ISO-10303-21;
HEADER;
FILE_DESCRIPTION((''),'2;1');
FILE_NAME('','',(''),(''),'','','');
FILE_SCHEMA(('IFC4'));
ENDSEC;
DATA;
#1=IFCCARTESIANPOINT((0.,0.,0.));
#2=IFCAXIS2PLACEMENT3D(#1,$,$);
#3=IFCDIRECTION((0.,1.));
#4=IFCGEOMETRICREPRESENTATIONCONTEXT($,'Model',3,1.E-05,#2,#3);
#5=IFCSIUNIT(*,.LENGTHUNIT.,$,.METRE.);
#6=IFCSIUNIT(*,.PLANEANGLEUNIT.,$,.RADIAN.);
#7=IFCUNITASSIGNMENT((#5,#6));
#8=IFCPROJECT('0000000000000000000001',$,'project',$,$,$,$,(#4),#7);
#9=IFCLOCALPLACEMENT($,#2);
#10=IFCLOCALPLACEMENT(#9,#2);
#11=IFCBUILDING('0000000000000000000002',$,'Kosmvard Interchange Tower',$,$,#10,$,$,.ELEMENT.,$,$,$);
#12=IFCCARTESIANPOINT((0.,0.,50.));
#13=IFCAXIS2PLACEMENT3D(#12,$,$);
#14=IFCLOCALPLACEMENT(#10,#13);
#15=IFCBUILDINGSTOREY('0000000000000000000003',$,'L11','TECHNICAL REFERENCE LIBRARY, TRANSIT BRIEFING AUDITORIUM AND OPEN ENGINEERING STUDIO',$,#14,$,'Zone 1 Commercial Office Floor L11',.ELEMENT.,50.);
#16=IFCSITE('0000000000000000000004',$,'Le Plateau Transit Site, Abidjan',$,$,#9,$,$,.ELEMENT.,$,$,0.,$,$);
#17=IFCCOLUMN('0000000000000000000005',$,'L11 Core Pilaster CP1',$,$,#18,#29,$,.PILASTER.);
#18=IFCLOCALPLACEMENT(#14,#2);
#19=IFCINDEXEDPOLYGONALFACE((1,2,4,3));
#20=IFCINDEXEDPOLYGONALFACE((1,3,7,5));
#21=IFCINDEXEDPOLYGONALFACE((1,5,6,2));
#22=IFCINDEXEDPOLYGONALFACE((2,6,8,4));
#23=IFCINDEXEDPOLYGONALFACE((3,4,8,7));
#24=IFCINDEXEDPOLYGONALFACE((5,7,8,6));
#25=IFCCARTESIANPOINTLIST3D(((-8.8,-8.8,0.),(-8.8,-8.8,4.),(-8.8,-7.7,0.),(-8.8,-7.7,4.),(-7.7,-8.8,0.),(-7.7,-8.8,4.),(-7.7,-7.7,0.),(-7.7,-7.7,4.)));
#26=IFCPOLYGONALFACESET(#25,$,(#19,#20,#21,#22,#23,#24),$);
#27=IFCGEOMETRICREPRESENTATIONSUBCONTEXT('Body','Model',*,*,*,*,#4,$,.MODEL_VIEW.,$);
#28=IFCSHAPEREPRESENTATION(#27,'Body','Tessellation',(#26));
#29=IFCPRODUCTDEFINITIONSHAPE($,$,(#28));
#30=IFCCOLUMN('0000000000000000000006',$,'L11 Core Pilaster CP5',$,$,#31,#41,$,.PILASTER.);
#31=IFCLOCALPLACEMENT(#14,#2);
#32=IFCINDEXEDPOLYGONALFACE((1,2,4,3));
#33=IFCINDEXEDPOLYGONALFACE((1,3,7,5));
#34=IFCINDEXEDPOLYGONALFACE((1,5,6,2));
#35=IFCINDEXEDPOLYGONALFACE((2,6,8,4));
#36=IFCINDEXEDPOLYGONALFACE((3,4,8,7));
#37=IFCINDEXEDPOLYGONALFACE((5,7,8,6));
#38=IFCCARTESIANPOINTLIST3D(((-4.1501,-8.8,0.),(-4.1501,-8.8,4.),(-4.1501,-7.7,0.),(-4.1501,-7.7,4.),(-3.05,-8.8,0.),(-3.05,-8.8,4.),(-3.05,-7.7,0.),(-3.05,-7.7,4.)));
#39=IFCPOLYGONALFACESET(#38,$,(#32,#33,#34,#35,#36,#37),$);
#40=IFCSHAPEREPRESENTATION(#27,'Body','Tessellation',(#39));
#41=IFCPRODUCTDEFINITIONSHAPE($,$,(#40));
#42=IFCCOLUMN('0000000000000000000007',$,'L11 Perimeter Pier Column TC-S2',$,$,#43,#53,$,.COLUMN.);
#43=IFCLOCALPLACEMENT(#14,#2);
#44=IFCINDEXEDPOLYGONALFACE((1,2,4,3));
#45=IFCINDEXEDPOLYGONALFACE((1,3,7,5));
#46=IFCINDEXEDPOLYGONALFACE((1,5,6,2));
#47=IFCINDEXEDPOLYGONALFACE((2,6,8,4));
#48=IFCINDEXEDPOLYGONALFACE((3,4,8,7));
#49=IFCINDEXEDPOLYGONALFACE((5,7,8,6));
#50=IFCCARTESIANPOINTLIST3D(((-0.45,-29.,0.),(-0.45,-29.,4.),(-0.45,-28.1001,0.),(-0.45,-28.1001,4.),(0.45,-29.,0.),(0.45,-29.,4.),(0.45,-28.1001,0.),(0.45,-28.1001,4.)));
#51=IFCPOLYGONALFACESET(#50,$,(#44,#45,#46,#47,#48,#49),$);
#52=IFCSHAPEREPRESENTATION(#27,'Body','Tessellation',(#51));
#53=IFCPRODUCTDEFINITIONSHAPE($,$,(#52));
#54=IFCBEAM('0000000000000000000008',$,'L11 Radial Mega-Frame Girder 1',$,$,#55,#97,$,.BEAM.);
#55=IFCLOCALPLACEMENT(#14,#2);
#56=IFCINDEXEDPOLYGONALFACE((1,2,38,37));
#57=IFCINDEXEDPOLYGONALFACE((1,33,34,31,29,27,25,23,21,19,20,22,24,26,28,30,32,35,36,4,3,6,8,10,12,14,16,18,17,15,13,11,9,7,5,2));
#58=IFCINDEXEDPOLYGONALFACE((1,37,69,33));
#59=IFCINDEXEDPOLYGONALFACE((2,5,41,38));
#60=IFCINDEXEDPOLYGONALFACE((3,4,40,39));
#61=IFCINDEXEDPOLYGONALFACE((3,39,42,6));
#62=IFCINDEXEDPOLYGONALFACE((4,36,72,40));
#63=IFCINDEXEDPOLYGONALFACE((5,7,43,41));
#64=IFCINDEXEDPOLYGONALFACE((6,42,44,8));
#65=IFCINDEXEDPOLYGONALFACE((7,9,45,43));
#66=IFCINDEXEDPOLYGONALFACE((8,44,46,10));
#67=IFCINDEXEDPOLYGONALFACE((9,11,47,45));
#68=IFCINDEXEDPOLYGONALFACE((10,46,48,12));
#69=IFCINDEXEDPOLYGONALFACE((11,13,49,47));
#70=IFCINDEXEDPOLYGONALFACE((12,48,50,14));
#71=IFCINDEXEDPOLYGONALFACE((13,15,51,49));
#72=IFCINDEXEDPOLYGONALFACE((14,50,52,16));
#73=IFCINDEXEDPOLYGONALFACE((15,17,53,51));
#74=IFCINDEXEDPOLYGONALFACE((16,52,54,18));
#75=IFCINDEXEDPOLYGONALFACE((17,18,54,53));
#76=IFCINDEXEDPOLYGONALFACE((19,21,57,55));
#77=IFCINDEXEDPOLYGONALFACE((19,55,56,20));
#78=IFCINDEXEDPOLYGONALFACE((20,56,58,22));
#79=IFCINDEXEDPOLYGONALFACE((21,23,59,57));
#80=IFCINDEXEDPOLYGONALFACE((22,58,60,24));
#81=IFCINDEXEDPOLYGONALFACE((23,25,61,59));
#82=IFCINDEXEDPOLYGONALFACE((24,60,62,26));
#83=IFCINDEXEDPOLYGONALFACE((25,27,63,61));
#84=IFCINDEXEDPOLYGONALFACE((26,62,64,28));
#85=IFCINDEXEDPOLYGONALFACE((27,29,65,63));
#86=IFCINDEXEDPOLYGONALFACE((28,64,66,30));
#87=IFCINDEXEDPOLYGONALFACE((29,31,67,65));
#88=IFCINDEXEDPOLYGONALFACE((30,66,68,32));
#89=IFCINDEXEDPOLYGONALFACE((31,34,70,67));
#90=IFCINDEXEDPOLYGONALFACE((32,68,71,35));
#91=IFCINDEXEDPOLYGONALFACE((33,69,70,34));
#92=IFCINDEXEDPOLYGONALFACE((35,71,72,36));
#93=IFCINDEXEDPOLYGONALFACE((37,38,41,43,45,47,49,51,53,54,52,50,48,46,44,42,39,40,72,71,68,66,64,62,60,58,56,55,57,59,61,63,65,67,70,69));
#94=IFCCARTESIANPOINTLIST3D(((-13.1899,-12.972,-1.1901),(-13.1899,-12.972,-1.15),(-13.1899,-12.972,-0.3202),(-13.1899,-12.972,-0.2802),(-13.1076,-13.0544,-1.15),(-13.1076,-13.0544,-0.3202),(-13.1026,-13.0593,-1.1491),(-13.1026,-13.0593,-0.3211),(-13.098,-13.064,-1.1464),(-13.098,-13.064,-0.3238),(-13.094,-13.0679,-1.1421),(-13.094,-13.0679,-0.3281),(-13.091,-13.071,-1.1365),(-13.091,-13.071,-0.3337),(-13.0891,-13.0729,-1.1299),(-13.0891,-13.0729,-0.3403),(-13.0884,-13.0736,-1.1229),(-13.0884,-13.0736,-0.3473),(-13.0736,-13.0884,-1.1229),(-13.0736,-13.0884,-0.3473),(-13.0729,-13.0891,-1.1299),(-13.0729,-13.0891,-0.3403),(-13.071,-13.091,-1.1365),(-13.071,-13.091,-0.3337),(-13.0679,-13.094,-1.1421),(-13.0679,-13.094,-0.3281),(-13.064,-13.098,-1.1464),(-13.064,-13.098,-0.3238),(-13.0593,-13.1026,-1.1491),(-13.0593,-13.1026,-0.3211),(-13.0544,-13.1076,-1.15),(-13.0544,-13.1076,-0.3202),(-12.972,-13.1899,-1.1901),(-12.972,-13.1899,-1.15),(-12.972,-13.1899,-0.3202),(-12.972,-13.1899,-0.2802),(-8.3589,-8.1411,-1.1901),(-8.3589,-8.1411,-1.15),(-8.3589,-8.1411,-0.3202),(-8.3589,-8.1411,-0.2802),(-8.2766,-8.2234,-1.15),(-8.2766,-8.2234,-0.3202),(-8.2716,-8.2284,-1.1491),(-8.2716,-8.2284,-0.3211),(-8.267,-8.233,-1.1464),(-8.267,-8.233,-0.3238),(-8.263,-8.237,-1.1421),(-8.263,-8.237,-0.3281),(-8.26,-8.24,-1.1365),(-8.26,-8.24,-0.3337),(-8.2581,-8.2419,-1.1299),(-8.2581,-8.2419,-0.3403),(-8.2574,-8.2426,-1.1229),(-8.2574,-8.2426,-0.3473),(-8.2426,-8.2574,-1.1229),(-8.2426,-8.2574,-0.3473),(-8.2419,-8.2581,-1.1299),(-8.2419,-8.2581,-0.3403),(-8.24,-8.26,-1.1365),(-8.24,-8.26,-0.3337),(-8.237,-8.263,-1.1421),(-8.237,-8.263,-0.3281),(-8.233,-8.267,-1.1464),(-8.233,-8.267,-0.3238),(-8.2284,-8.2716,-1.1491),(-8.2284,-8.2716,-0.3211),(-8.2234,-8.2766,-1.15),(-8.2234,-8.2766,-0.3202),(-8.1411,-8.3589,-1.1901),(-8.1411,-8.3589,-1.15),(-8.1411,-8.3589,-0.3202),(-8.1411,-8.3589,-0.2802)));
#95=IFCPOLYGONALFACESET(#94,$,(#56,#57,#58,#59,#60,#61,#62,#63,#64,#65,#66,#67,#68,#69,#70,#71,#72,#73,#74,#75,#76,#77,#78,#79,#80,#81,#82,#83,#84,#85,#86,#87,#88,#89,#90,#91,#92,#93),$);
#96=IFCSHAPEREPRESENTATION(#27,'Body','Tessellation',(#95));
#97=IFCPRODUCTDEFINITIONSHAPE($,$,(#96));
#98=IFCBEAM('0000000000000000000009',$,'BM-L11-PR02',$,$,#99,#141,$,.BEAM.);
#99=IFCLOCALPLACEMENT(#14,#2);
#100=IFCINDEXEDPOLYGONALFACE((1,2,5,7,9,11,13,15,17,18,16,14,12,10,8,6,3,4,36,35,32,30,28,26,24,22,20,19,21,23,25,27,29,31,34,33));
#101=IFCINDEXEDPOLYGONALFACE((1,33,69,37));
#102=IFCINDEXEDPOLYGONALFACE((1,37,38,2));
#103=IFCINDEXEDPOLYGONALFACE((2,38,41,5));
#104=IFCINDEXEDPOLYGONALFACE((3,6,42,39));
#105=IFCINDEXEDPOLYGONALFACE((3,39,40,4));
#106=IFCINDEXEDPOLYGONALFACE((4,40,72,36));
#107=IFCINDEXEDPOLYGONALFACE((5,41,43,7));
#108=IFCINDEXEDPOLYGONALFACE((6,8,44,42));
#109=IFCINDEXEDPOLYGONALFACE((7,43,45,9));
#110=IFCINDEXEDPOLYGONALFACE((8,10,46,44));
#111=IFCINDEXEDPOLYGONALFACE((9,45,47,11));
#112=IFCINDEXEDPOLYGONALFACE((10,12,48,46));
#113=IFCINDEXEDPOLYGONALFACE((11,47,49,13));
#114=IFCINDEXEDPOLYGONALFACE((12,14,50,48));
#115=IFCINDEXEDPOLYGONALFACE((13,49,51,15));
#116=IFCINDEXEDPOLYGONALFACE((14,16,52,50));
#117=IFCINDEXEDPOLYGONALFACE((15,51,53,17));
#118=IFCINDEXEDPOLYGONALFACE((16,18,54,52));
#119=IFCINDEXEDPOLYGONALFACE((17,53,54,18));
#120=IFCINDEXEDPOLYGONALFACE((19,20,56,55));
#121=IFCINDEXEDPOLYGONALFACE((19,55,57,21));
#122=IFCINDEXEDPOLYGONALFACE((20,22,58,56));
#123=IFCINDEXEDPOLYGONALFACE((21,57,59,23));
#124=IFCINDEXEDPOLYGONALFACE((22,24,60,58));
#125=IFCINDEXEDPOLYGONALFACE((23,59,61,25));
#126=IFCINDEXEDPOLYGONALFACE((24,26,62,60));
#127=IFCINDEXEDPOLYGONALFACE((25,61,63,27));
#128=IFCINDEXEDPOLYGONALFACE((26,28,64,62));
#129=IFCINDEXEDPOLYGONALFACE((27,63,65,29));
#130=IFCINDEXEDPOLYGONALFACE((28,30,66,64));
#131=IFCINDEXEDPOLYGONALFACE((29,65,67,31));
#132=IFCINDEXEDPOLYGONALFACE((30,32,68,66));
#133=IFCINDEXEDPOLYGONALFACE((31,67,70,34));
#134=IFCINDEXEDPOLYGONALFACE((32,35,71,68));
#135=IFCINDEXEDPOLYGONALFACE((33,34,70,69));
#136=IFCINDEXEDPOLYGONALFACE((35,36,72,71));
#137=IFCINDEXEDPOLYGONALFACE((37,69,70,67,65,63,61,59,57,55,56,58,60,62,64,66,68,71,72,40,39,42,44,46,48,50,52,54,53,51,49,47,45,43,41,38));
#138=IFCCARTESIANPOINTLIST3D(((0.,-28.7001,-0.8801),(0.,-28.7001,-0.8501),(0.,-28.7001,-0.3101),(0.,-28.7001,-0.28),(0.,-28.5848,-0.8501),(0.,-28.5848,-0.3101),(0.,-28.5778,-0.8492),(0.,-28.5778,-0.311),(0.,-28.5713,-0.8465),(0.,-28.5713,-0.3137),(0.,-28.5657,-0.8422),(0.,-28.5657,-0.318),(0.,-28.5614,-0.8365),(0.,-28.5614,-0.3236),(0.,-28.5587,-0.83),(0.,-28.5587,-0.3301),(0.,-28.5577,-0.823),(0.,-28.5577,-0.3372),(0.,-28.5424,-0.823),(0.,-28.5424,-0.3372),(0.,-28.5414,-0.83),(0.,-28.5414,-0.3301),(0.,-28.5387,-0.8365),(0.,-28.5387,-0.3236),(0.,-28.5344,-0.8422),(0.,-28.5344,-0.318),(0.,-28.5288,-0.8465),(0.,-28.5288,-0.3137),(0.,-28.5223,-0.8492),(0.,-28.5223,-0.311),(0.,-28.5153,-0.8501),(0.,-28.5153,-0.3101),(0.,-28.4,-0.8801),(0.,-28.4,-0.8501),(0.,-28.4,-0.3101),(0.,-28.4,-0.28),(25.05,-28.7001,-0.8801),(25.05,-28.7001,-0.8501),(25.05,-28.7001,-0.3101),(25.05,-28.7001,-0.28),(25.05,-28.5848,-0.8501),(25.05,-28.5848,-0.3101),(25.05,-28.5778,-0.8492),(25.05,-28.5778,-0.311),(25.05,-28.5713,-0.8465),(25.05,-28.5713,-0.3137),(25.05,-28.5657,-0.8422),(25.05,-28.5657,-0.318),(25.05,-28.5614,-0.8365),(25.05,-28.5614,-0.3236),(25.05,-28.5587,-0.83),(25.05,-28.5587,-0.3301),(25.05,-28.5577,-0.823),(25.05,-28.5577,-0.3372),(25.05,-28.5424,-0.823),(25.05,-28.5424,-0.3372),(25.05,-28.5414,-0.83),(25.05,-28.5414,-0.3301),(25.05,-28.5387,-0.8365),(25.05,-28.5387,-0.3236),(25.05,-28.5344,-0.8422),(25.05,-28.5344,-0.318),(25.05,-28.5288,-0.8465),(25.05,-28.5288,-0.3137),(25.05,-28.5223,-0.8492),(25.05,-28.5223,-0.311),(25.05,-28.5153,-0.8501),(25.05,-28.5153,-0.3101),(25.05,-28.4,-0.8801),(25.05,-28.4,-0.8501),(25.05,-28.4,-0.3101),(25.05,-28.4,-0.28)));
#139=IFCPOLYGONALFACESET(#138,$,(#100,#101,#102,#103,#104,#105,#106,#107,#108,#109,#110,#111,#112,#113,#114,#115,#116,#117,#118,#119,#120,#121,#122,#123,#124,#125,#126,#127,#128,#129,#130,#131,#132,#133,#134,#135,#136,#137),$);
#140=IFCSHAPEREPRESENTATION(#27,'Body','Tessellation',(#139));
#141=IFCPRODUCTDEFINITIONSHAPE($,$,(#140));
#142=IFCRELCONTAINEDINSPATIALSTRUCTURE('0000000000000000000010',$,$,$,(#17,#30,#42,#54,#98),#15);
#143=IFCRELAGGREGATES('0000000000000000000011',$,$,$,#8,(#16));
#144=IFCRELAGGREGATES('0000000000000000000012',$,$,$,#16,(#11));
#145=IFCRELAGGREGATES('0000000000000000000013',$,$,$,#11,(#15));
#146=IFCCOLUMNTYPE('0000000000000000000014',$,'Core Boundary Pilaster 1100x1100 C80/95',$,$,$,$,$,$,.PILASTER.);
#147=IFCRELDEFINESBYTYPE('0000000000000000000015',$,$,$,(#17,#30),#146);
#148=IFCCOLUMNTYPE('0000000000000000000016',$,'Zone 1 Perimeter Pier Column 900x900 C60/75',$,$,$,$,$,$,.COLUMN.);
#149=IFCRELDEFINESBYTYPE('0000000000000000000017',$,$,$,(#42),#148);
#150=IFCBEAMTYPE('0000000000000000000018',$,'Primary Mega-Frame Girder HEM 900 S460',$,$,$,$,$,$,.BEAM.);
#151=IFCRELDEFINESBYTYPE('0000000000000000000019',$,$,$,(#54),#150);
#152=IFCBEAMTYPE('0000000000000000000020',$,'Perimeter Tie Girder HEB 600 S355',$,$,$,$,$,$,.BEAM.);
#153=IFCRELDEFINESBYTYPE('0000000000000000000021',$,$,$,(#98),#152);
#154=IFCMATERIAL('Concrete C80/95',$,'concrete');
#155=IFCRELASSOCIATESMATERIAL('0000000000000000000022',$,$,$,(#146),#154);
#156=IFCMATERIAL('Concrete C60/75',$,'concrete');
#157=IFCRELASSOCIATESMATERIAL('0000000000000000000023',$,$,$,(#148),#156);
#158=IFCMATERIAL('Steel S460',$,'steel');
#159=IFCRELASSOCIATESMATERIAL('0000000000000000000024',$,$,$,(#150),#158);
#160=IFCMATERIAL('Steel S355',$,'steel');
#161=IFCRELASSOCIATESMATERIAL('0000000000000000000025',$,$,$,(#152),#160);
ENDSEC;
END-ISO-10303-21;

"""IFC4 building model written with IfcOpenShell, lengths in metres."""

from ifc_helpers import new_model, si_unit, direction, frame, origin, origin_2d, place, context, subcontext, project, spatial, rectangle, i_section, extrude, source, transform, mapped, material, material_profile, profile_set, type_object, element, save


model = new_model("IFC4")

# Units and contexts
model_context = context("Model", 3, precision=1e-05, world=origin(), true_north=direction((0.0, 1.0)))
body_context = subcontext(model_context, "Body", "Model", "MODEL_VIEW")
ifc_project = project(units=[si_unit("LENGTHUNIT", "METRE"), si_unit("PLANEANGLEUNIT", "RADIAN")], contexts=[model_context])

# Site, building, storey
site_placement = place(None, origin())
site = spatial("IfcSite", under=ifc_project, at=site_placement, Name="Le Plateau Transit Site, Abidjan", CompositionType="ELEMENT", RefElevation=0.0)
building_placement = place(site_placement, origin())
building = spatial("IfcBuilding", under=site, at=building_placement, Name="Kosmvard Interchange Tower", CompositionType="ELEMENT")
storey_placement = place(building_placement, frame((0.0, 0.0, 50.0)))
storey = spatial("IfcBuildingStorey", under=building, at=storey_placement, Name="L11", Description="TECHNICAL REFERENCE LIBRARY, TRANSIT BRIEFING AUDITORIUM AND OPEN ENGINEERING STUDIO", LongName="Zone 1 Commercial Office Floor L11", CompositionType="ELEMENT", Elevation=50.0)

# Columns
ifc_material_1 = material(Name="Concrete C80/95", Category="concrete")
ifc_material_profile_1 = material_profile(ifc_material_1, rectangle(XDim=1.1001, YDim=1.1001, at=origin_2d()), Name="CP 1100x1100")
ifc_profile_set_1 = profile_set([ifc_material_profile_1], Name="Concrete C80/95")
column_type_1 = type_object("IfcColumnType", Name="Core Boundary Pilaster 1100x1100 C80/95", PredefinedType="PILASTER", material=ifc_profile_set_1)
shared_shape_1 = source(origin(), body_context, "Body", "SweptSolid", [
    extrude(rectangle(XDim=1.1001, YDim=1.1001, at=origin_2d()), origin(), (0.0, 0.0, 1.0), 4.0),
])
for number, where, z_axis, x_axis, name in (
    (1, (-8.25, -8.25, 0.0), (0.0, 0.0, 1.0), (1.0, 0.0, 0.0), "L11 Core Pilaster CP1"),
    (2, (-3.6001, -8.25, 0.0), (0.0, 0.0, 1.0), (1.0, 0.0, 0.0), "L11 Core Pilaster CP5"),
):
    element("IfcColumn", number, at=place(storey_placement, frame(where, z_axis=z_axis, x_axis=x_axis)), inside=storey, type_object=column_type_1, Name=name, PredefinedType="PILASTER", context=body_context, shape_type="MappedRepresentation", body=[
        mapped(shared_shape_1, transform((0.0, 0.0, 0.0), scale=1.0)),
    ])
ifc_material_2 = material(Name="Concrete C60/75", Category="concrete")
ifc_material_profile_2 = material_profile(ifc_material_2, rectangle(XDim=0.8999, YDim=0.8999, at=origin_2d()), Name="TC 900x900")
ifc_profile_set_2 = profile_set([ifc_material_profile_2], Name="Concrete C60/75")
column_type_2 = type_object("IfcColumnType", Name="Zone 1 Perimeter Pier Column 900x900 C60/75", PredefinedType="COLUMN", material=ifc_profile_set_2)
shared_shape_2 = source(origin(), body_context, "Body", "SweptSolid", [
    extrude(rectangle(XDim=0.8999, YDim=0.8999, at=origin_2d()), origin(), (0.0, 0.0, 1.0), 4.0),
])
column_placement = place(storey_placement, frame((0.0, -28.55, 0.0), z_axis=(0.0, 0.0, 1.0), x_axis=(1.0, 0.0, 0.0)))
element("IfcColumn", 3, at=column_placement, inside=storey, type_object=column_type_2, Name="L11 Perimeter Pier Column TC-S2", PredefinedType="COLUMN", context=body_context, shape_type="MappedRepresentation", body=[
    mapped(shared_shape_2, transform((0.0, 0.0, 0.0), scale=1.0)),
])

# Beams
ifc_material_3 = material(Name="Steel S460", Category="steel")
ifc_material_profile_3 = material_profile(ifc_material_3, i_section(OverallWidth=0.3081, OverallDepth=0.9099, WebThickness=0.021, FlangeThickness=0.04, FilletRadius=0.0271, at=origin_2d()), Name="HEM 900")
ifc_profile_set_3 = profile_set([ifc_material_profile_3], Name="Steel S460")
beam_type_1 = type_object("IfcBeamType", Name="Primary Mega-Frame Girder HEM 900 S460", PredefinedType="BEAM", material=ifc_profile_set_3)
shared_shape_3 = source(origin(), body_context, "Body", "SweptSolid", [
    extrude(i_section(OverallWidth=0.3081, OverallDepth=0.9099, WebThickness=0.021, FlangeThickness=0.04, FilletRadius=0.0271, at=origin_2d()), origin(), (0.0, 0.0, 1.0), 6.832),
])
beam_1_placement = place(storey_placement, frame((-8.25, -8.25, -0.7351), z_axis=(-0.707107, -0.707107, 0.0), x_axis=(0.707107, -0.707107, 0.0)))
element("IfcBeam", 4, at=beam_1_placement, inside=storey, type_object=beam_type_1, Name="L11 Radial Mega-Frame Girder 1", PredefinedType="BEAM", context=body_context, shape_type="MappedRepresentation", body=[
    mapped(shared_shape_3, transform((0.0, 0.0, 0.0), scale=1.0)),
])
ifc_material_4 = material(Name="Steel S355", Category="steel")
ifc_material_profile_4 = material_profile(ifc_material_4, i_section(OverallWidth=0.3, OverallDepth=0.6001, WebThickness=0.0154, FlangeThickness=0.03, FilletRadius=0.0271, at=origin_2d()), Name="HEB 600")
ifc_profile_set_4 = profile_set([ifc_material_profile_4], Name="Steel S355")
beam_type_2 = type_object("IfcBeamType", Name="Perimeter Tie Girder HEB 600 S355", PredefinedType="BEAM", material=ifc_profile_set_4)
shared_shape_4 = source(origin(), body_context, "Body", "SweptSolid", [
    extrude(i_section(OverallWidth=0.3, OverallDepth=0.6001, WebThickness=0.0154, FlangeThickness=0.03, FilletRadius=0.0271, at=origin_2d()), origin(), (0.0, 0.0, 1.0), 25.05),
])
beam_2_placement = place(storey_placement, frame((0.0, -28.55, -0.5801), z_axis=(1.0, 0.0, 0.0), x_axis=(0.0, 1.0, 0.0)))
element("IfcBeam", 5, at=beam_2_placement, inside=storey, type_object=beam_type_2, Name="BM-L11-PR02", PredefinedType="BEAM", context=body_context, shape_type="MappedRepresentation", body=[
    mapped(shared_shape_4, transform((0.0, 0.0, 0.0), scale=1.0)),
])

save(model, "model.ifc")
